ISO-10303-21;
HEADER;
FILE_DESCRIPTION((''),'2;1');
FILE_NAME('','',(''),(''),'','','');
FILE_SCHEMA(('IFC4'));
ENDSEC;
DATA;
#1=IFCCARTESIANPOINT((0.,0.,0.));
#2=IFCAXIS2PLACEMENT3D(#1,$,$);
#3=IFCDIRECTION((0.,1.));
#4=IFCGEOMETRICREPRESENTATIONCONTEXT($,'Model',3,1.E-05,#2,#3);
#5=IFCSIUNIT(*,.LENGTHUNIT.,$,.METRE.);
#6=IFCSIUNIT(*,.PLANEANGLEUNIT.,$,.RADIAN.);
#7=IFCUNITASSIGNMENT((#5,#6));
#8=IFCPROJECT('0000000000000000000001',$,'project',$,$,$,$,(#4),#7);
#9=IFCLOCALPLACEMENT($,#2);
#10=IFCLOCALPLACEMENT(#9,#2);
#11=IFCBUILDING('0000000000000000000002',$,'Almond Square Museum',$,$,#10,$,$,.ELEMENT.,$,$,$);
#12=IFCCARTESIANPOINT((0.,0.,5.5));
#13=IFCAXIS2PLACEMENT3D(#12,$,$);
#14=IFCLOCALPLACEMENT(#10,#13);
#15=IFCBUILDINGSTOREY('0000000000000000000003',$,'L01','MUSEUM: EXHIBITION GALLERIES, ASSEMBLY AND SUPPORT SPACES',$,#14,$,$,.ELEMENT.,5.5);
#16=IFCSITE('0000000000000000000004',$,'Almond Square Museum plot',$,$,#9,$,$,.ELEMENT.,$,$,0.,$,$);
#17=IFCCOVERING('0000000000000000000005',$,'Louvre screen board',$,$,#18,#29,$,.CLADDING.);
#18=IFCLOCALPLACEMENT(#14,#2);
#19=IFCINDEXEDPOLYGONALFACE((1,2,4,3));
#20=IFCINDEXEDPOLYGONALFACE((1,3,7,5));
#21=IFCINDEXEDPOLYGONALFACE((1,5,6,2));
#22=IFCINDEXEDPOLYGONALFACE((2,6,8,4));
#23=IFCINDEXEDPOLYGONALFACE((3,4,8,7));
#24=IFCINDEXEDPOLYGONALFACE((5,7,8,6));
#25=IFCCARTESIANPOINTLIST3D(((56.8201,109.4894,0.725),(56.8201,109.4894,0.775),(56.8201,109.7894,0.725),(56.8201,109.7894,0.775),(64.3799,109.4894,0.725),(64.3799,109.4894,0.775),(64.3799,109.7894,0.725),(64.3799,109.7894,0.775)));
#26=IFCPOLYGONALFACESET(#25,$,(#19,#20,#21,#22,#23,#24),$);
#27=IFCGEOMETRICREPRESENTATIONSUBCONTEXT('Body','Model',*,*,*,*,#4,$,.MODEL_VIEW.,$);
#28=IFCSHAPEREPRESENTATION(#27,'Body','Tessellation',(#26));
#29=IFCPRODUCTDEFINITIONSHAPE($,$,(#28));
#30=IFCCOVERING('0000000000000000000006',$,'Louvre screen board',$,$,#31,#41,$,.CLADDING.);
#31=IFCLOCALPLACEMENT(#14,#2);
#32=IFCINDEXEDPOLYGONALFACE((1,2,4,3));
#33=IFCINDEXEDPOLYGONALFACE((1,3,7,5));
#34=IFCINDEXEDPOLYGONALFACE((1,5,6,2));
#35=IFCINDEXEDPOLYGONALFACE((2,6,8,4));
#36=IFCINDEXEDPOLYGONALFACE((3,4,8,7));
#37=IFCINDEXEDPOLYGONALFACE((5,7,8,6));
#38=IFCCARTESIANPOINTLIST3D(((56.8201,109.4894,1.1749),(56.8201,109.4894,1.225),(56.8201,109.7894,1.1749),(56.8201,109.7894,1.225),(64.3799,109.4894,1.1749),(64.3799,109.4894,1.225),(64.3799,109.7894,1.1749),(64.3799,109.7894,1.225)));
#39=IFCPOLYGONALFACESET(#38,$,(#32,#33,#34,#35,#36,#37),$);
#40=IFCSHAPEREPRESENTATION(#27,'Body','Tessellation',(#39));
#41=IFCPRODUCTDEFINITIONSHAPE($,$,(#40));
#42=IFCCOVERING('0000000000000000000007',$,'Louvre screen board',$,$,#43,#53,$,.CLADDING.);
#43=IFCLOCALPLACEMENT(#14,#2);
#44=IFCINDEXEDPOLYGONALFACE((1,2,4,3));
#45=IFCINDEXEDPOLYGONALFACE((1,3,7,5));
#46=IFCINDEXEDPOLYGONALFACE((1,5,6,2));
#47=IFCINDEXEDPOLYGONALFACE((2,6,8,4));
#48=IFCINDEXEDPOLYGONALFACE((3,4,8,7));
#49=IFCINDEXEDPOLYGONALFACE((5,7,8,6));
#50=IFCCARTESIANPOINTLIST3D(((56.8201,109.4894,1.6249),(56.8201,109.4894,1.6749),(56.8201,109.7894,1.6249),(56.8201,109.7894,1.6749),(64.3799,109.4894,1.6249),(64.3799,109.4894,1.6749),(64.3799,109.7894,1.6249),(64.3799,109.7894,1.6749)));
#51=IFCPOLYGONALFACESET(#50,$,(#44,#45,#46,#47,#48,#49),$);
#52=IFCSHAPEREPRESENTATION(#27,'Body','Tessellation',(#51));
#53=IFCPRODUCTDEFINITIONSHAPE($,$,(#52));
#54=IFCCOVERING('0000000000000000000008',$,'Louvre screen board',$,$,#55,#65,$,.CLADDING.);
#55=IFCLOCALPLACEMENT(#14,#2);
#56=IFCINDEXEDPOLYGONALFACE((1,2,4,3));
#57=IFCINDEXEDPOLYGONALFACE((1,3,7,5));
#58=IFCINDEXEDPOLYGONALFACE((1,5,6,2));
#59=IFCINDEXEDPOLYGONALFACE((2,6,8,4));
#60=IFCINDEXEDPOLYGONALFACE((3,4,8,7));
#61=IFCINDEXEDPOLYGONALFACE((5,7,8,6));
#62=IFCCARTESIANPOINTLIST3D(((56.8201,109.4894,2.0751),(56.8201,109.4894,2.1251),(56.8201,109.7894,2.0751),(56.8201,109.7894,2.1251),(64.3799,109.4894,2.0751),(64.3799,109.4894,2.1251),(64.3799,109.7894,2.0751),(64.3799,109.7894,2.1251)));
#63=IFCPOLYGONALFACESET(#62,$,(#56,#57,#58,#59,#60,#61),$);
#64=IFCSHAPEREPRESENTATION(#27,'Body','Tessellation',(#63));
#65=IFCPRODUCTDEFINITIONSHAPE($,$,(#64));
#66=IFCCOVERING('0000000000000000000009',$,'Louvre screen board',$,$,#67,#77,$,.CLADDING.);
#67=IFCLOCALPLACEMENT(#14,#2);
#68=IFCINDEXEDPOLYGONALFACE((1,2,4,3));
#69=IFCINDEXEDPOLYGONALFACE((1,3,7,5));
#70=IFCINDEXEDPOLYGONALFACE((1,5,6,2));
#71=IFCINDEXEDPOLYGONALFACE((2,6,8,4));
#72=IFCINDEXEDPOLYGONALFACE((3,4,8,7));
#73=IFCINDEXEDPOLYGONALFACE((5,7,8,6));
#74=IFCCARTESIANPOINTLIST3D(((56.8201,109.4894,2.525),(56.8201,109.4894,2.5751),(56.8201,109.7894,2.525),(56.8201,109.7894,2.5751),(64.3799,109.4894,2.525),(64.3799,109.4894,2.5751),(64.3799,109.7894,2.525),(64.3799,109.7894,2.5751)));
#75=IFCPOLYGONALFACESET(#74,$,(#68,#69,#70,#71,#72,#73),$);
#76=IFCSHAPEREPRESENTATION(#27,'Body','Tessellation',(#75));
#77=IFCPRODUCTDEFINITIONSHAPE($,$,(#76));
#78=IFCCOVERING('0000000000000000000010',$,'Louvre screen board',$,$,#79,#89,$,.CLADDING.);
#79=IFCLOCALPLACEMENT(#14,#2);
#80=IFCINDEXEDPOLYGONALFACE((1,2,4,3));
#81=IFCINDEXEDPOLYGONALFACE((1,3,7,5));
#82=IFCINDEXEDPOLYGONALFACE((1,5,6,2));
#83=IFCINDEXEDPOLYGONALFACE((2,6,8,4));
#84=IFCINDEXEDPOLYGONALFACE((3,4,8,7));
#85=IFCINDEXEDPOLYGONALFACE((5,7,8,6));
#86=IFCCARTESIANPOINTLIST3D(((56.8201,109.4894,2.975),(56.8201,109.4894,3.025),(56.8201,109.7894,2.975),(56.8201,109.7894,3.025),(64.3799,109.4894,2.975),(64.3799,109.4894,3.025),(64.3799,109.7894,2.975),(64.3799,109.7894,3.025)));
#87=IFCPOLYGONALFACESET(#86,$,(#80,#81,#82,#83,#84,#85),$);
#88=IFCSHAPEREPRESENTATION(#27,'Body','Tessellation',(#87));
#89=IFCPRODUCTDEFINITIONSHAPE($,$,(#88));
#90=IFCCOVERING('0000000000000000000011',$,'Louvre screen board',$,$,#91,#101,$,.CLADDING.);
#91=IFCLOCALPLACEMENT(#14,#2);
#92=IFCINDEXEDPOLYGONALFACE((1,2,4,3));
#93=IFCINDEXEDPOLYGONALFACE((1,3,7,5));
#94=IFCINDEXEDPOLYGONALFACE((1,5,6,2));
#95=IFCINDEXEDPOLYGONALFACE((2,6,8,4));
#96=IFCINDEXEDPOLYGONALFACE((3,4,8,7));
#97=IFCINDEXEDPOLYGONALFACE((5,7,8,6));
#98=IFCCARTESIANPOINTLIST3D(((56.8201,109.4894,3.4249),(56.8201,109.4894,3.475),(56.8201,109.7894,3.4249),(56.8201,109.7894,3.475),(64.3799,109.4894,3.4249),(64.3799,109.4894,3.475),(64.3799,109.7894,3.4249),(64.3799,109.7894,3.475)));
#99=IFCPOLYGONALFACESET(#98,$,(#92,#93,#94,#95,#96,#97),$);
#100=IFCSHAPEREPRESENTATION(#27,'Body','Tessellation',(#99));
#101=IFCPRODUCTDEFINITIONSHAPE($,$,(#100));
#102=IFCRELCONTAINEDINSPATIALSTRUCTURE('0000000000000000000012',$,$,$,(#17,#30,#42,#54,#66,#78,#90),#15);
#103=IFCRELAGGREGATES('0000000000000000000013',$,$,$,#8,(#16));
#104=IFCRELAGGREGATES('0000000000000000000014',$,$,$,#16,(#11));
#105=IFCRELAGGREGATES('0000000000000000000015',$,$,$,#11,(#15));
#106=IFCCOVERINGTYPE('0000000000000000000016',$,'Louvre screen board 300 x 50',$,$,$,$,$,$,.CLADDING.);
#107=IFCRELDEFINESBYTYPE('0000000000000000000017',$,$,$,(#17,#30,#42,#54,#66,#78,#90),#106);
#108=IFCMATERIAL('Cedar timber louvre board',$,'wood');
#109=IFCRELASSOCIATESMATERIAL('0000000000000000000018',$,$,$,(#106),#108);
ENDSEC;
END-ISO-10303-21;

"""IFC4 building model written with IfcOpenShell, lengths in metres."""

from ifc_helpers import new_model, si_unit, direction, frame, origin, origin_2d, place, context, subcontext, project, spatial, rectangle, extrude, material, material_profile, profile_set, type_object, element, save


model = new_model("IFC4")

# Units and contexts
model_context = context("Model", 3, precision=1e-05, world=origin(), true_north=direction((0.0, 1.0)))
body_context = subcontext(model_context, "Body", "Model", "MODEL_VIEW")
ifc_project = project(units=[si_unit("LENGTHUNIT", "METRE"), si_unit("PLANEANGLEUNIT", "RADIAN")], contexts=[model_context])

# Site, building, storey
site_placement = place(None, origin())
site = spatial("IfcSite", under=ifc_project, at=site_placement, Name="Almond Square Museum plot", CompositionType="ELEMENT", RefElevation=0.0)
building_placement = place(site_placement, origin())
building = spatial("IfcBuilding", under=site, at=building_placement, Name="Almond Square Museum", CompositionType="ELEMENT")
storey_placement = place(building_placement, frame((0.0, 0.0, 5.5)))
storey = spatial("IfcBuildingStorey", under=building, at=storey_placement, Name="L01", Description="MUSEUM: EXHIBITION GALLERIES, ASSEMBLY AND SUPPORT SPACES", CompositionType="ELEMENT", Elevation=5.5)

# Coverings
ifc_material_1 = material(Name="Cedar timber louvre board", Category="wood")
ifc_material_profile_1 = material_profile(ifc_material_1, rectangle(XDim=0.3, YDim=0.05, at=origin_2d()))
ifc_profile_set_1 = profile_set([ifc_material_profile_1], Name="Cedar timber louvre board")
covering_type = type_object("IfcCoveringType", Name="Louvre screen board 300 x 50", PredefinedType="CLADDING", material=ifc_profile_set_1)
for number, where, z_axis, x_axis, name in (
    (1, (56.8201, 109.6394, 0.75), (1.0, 0.0, 0.0), (0.0, 1.0, 0.0), "Louvre screen board"),
    (2, (56.8201, 109.6394, 1.2), (1.0, 0.0, 0.0), (0.0, 1.0, 0.0), "Louvre screen board"),
    (3, (56.8201, 109.6394, 1.6499), (1.0, 0.0, 0.0), (0.0, 1.0, 0.0), "Louvre screen board"),
    (4, (56.8201, 109.6394, 2.1001), (1.0, 0.0, 0.0), (0.0, 1.0, 0.0), "Louvre screen board"),
    (5, (56.8201, 109.6394, 2.55), (1.0, 0.0, 0.0), (0.0, 1.0, 0.0), "Louvre screen board"),
    (6, (56.8201, 109.6394, 3.0), (1.0, 0.0, 0.0), (0.0, 1.0, 0.0), "Louvre screen board"),
    (7, (56.8201, 109.6394, 3.45), (1.0, 0.0, 0.0), (0.0, 1.0, 0.0), "Louvre screen board"),
):
    element("IfcCovering", number, at=place(storey_placement, frame(where, z_axis=z_axis, x_axis=x_axis)), inside=storey, type_object=covering_type, Name=name, PredefinedType="CLADDING", context=body_context, shape_type="SweptSolid", body=[
        extrude(rectangle(XDim=0.3, YDim=0.05, at=origin_2d()), origin(), (0.0, 0.0, 1.0), 7.5598),
    ])

save(model, "model.ifc")
